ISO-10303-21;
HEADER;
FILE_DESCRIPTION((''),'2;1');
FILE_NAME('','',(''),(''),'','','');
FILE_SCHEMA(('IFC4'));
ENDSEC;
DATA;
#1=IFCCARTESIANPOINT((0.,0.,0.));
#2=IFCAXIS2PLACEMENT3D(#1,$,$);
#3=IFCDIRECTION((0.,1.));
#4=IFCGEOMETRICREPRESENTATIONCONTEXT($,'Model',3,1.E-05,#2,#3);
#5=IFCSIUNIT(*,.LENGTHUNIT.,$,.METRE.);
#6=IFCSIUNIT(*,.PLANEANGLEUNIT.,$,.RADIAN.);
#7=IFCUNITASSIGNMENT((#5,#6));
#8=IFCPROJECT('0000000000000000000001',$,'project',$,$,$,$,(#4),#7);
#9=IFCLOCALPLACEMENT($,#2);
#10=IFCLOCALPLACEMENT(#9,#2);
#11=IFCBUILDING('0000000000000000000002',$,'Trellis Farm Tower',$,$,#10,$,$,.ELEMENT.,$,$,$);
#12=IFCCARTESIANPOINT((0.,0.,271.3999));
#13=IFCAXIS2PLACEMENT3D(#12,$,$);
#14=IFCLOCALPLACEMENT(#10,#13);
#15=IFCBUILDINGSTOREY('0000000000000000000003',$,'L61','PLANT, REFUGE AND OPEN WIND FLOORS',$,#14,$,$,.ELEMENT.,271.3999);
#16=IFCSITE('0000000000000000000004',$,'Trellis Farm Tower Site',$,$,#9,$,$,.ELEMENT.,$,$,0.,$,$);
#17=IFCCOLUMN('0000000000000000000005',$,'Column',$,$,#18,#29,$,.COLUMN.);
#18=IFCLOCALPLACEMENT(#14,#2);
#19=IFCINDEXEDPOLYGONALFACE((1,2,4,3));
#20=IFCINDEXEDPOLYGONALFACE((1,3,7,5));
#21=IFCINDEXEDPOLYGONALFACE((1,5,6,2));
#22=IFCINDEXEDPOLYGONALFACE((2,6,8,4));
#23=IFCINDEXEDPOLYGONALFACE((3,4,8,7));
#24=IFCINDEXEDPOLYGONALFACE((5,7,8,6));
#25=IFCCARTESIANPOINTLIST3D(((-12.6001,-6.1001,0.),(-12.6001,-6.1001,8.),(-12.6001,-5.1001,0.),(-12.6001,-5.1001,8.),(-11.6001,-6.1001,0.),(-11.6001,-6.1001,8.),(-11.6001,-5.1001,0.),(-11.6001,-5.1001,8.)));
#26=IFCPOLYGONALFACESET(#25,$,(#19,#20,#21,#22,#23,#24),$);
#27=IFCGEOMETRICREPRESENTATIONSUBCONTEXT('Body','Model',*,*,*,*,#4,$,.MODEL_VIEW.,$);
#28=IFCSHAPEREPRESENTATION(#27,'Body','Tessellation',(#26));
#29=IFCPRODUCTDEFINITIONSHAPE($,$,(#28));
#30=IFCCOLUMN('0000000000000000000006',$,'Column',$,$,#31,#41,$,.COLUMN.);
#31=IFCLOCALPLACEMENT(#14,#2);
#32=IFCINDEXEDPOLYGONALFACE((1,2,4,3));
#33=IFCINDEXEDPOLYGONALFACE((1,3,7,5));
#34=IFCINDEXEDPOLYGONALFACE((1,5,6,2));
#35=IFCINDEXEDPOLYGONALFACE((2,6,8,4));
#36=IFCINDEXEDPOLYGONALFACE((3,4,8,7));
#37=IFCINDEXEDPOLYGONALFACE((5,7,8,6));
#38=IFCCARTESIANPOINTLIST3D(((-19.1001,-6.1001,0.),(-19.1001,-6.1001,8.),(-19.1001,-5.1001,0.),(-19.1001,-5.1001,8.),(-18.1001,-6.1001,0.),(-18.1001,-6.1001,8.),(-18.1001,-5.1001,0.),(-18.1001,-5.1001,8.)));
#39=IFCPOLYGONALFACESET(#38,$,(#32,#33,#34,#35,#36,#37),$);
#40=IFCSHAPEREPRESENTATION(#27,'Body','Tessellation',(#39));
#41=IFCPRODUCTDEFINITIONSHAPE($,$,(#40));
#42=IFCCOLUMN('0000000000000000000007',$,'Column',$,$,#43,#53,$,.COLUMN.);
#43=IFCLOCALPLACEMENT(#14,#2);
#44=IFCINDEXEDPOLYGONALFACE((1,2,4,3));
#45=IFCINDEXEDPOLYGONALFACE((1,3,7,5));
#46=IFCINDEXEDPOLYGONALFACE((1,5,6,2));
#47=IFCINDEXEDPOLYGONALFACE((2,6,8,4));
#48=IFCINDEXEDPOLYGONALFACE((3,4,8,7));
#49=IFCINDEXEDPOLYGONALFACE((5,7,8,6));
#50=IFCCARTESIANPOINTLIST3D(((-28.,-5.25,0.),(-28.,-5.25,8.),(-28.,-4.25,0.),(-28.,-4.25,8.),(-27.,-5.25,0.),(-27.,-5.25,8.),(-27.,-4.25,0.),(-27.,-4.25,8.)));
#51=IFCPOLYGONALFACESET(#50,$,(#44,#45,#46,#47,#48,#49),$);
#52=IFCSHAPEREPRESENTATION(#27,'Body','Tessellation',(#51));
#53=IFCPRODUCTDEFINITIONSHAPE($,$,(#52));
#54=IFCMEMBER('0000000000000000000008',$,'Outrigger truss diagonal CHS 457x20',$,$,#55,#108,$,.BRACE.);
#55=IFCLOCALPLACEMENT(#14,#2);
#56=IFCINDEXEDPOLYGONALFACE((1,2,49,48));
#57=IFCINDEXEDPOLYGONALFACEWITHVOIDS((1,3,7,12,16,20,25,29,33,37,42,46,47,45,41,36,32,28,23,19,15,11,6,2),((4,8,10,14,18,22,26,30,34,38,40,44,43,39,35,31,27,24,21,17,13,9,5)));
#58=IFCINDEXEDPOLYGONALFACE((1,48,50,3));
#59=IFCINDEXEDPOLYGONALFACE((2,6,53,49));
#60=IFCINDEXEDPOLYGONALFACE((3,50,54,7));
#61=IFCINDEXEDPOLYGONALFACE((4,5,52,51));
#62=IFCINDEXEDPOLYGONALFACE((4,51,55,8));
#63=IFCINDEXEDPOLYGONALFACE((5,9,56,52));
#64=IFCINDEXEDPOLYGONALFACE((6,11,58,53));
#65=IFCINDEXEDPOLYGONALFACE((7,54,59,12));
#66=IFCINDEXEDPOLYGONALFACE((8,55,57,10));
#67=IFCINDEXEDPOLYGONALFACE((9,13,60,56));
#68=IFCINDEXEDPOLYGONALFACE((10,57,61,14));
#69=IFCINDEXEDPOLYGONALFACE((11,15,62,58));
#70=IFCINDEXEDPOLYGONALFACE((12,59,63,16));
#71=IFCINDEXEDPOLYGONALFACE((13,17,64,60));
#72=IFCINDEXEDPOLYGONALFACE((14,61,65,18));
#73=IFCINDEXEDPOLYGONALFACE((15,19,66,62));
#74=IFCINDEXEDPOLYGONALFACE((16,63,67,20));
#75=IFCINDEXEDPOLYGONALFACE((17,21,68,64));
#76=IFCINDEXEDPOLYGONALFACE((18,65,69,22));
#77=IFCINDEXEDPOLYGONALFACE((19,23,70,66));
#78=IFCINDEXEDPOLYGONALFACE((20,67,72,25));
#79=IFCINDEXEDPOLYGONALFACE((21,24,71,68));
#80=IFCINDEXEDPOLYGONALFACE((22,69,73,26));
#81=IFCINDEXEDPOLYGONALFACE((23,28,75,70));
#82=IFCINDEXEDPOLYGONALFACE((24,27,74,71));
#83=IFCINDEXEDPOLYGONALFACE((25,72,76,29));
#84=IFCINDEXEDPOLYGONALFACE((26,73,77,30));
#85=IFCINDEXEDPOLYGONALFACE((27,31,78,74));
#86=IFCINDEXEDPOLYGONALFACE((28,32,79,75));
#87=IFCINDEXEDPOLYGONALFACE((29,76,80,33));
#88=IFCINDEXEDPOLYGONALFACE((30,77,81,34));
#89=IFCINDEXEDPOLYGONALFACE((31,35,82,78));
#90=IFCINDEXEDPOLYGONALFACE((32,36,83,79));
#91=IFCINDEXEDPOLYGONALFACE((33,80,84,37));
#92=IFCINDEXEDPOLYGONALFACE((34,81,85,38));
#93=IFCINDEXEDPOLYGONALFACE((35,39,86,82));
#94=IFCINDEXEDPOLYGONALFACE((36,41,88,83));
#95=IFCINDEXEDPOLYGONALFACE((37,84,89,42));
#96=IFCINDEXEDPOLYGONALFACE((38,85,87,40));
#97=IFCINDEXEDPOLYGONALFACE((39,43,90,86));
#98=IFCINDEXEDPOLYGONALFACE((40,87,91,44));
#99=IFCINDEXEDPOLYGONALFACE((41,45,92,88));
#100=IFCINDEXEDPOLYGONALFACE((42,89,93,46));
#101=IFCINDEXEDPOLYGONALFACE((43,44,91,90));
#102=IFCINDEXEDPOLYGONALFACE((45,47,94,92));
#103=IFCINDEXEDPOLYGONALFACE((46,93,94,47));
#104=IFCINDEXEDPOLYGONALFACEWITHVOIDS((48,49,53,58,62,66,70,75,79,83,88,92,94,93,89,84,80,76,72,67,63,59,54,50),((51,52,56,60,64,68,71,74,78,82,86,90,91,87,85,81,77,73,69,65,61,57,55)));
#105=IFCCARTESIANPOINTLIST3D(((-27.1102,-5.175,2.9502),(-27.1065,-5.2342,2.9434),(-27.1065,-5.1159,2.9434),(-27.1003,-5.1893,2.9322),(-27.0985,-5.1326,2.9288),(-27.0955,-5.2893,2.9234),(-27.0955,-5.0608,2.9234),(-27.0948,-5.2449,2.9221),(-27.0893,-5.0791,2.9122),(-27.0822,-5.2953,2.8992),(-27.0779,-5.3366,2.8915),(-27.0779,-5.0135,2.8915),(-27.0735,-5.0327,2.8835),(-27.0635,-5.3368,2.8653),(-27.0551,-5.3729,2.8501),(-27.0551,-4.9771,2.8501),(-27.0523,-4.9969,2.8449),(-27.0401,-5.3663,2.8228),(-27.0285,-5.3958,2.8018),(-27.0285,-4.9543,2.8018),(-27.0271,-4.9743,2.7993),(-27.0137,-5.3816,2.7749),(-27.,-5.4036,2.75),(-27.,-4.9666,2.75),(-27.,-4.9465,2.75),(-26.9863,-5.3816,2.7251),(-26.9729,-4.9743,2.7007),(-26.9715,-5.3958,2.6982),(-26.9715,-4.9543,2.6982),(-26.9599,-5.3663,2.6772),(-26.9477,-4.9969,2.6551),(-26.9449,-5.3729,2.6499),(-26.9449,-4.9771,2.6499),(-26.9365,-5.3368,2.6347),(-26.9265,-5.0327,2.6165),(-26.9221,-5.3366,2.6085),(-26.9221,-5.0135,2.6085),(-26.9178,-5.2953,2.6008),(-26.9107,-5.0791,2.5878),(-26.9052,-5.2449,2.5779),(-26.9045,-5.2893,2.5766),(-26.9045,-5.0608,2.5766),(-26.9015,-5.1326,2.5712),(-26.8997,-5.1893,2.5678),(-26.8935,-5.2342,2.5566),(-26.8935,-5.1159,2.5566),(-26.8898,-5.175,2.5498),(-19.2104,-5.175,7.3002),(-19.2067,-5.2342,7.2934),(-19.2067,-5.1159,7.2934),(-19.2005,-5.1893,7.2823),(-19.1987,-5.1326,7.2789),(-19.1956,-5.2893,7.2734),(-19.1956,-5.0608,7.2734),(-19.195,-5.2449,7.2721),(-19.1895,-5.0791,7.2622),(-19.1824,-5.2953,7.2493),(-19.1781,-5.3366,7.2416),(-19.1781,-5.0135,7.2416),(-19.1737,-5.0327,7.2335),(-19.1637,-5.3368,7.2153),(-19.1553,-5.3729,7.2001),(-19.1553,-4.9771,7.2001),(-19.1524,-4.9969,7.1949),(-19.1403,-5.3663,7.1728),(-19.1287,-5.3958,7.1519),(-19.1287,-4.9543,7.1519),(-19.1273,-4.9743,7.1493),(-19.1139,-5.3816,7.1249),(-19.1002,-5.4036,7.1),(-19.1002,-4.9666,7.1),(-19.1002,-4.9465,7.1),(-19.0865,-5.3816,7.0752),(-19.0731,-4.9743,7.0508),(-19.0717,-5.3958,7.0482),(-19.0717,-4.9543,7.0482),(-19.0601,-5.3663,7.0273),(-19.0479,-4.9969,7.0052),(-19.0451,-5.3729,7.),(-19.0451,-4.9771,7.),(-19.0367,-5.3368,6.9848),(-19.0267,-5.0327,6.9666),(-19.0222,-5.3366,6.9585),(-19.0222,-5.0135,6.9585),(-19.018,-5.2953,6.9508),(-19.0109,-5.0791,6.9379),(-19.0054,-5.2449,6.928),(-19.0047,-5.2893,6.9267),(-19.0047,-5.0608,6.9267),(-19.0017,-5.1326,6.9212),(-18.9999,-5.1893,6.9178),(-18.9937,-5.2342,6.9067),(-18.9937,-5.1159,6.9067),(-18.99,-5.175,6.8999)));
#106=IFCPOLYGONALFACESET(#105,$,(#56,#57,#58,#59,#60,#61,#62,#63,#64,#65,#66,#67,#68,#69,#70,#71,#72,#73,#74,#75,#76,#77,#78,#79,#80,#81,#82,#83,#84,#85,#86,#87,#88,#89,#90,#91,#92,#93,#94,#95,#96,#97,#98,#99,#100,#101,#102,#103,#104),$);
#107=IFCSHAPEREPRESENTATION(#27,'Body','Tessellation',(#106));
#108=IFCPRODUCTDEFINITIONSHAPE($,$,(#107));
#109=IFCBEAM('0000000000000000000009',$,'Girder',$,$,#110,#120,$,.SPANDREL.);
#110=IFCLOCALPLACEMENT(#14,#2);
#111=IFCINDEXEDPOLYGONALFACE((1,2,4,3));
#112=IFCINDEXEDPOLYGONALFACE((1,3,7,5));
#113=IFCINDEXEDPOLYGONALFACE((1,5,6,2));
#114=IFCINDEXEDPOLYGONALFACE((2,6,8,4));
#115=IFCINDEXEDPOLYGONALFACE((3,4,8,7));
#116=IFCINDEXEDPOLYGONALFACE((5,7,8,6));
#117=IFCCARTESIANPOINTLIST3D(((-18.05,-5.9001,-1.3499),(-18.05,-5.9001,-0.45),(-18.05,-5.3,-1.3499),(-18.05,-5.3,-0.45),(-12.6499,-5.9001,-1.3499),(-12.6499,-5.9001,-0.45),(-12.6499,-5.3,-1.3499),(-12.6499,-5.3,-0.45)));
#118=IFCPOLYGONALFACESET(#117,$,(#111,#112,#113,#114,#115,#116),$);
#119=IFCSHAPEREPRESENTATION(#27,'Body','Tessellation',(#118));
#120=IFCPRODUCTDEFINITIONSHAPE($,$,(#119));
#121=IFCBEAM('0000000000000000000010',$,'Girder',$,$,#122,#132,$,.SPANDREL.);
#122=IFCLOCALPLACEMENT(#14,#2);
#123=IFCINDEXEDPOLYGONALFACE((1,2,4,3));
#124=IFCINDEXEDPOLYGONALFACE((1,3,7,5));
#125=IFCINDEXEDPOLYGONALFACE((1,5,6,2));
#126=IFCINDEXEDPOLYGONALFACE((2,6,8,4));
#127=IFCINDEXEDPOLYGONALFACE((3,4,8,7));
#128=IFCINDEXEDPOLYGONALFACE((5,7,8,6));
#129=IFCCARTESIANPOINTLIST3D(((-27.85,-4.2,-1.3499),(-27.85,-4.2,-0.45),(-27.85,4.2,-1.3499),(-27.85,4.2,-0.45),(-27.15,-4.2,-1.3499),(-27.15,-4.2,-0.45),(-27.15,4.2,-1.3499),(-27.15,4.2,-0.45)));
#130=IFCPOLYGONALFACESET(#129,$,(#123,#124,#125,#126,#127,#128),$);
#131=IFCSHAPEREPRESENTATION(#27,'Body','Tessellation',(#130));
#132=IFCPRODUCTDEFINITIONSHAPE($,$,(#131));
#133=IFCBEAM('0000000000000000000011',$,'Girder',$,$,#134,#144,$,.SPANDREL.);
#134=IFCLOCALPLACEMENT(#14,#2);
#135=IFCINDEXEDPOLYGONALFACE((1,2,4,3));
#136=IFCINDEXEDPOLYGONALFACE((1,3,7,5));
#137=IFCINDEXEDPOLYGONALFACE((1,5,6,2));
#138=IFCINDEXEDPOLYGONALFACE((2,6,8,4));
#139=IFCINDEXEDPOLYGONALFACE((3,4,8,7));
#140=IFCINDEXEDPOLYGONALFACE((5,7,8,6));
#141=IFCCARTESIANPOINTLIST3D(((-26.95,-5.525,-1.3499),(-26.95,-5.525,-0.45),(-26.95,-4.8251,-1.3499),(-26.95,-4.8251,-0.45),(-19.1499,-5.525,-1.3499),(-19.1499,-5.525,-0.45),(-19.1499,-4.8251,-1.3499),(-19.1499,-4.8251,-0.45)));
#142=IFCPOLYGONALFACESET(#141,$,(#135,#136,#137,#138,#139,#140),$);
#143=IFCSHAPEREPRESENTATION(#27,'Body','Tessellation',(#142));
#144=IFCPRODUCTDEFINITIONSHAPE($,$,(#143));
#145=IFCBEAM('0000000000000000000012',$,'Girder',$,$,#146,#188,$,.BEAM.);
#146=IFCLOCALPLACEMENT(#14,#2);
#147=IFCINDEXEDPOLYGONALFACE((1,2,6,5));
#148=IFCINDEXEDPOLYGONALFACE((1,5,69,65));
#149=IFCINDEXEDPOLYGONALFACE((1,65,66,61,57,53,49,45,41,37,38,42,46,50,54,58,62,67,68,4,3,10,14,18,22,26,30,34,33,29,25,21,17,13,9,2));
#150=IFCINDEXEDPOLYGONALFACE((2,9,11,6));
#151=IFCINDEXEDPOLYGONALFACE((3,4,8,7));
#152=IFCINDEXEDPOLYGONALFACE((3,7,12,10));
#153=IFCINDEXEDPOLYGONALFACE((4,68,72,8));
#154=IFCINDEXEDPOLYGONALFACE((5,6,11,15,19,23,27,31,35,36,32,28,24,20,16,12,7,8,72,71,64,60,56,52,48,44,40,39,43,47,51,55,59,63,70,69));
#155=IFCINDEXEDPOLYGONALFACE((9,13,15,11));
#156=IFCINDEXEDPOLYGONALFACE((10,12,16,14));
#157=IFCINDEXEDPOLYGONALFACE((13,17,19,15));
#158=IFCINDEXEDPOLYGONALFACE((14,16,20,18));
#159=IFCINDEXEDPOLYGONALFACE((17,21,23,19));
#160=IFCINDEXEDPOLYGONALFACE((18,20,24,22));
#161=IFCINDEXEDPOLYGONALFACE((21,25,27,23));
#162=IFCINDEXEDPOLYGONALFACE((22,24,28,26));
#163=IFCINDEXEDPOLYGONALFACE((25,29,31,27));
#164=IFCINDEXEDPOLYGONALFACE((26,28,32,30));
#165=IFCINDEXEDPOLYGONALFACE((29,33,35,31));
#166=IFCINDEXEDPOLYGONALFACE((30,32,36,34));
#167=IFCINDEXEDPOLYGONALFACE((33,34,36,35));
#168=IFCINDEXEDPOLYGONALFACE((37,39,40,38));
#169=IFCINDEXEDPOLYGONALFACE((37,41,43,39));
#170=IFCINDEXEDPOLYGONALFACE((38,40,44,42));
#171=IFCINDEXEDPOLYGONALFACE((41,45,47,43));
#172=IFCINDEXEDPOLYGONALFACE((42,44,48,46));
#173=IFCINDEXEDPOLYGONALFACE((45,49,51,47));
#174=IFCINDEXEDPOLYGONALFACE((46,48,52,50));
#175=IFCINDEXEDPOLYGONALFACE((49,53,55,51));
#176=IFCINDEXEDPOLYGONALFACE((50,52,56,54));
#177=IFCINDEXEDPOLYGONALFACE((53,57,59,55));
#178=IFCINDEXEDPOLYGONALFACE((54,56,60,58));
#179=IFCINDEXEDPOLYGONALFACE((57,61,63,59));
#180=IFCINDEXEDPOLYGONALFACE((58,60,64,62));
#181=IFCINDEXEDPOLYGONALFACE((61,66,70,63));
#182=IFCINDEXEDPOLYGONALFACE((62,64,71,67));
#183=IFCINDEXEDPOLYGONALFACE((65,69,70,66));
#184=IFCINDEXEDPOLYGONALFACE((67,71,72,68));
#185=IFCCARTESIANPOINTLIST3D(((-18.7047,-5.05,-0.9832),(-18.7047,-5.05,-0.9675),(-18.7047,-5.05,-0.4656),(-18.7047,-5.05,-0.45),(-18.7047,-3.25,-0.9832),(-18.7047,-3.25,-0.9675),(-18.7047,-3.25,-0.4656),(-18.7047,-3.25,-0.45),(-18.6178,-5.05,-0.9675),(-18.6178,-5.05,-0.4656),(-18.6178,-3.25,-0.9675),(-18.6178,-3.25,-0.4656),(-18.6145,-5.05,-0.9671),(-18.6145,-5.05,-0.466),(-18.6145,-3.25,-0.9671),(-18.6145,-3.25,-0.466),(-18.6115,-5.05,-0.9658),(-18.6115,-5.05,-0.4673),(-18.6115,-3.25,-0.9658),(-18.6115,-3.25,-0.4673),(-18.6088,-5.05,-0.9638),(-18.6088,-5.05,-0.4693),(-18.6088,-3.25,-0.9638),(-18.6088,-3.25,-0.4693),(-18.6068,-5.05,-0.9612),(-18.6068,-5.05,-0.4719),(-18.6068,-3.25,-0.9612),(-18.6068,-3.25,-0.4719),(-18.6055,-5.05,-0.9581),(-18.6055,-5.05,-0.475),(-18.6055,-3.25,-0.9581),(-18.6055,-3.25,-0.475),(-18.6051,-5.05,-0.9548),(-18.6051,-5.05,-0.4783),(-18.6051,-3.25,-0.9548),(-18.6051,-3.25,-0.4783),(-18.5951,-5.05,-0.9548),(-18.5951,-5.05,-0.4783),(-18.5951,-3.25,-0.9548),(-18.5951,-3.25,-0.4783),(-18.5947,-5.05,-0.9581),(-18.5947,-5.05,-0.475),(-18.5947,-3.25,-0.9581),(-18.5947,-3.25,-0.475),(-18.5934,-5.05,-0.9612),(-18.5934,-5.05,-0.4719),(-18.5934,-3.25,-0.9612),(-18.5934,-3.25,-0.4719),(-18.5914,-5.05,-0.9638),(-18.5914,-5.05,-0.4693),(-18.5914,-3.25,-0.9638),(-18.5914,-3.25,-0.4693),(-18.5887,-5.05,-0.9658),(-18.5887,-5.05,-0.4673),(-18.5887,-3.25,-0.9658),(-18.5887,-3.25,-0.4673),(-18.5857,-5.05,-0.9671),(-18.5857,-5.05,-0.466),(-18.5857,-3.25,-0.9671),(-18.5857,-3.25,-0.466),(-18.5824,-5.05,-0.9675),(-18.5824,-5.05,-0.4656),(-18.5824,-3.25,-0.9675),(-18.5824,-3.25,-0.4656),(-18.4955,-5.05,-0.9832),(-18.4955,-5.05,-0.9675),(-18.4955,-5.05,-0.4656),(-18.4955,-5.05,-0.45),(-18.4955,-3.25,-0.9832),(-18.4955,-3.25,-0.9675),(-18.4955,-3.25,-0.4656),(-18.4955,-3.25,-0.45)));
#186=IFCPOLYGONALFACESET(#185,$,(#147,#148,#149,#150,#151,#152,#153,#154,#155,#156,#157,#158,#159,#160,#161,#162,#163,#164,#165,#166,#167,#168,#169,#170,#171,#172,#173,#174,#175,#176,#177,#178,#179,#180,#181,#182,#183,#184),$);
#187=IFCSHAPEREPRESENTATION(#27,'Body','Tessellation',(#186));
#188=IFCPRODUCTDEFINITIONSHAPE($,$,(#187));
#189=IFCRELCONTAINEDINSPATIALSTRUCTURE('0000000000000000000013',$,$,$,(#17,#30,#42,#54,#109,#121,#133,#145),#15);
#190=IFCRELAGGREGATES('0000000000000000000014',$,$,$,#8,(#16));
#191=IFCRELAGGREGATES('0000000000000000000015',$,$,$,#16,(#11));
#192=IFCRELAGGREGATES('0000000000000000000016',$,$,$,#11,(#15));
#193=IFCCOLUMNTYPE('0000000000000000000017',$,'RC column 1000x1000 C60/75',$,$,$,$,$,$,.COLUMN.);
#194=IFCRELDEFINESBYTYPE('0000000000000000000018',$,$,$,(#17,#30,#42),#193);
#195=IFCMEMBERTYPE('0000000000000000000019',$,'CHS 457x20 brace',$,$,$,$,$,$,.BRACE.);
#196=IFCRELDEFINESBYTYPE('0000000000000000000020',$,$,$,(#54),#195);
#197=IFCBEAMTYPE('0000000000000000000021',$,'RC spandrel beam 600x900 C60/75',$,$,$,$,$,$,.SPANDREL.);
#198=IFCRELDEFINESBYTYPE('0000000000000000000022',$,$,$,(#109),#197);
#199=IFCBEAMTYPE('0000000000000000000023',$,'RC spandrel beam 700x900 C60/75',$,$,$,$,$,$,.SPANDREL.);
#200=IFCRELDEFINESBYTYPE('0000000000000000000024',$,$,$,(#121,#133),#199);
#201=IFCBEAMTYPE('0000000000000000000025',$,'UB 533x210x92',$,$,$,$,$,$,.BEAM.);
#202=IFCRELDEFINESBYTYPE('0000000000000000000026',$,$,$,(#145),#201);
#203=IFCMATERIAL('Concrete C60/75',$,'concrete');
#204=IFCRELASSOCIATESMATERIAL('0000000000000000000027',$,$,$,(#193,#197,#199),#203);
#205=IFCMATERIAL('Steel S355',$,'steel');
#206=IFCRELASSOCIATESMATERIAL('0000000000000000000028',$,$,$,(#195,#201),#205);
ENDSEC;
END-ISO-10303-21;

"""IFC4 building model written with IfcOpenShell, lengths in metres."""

from ifc_helpers import new_model, si_unit, direction, frame, origin, origin_2d, place, context, subcontext, project, spatial, rectangle, hollow_circle, i_section, extrude, source, transform, mapped, material, material_profile, profile_set, type_object, element, save


model = new_model("IFC4")

# Units and contexts
model_context = context("Model", 3, precision=1e-05, world=origin(), true_north=direction((0.0, 1.0)))
body_context = subcontext(model_context, "Body", "Model", "MODEL_VIEW")
ifc_project = project(units=[si_unit("LENGTHUNIT", "METRE"), si_unit("PLANEANGLEUNIT", "RADIAN")], contexts=[model_context])

# Site, building, storey
site_placement = place(None, origin())
site = spatial("IfcSite", under=ifc_project, at=site_placement, Name="Trellis Farm Tower Site", CompositionType="ELEMENT", RefElevation=0.0)
building_placement = place(site_placement, origin())
building = spatial("IfcBuilding", under=site, at=building_placement, Name="Trellis Farm Tower", CompositionType="ELEMENT")
storey_placement = place(building_placement, frame((0.0, 0.0, 271.3999)))
storey = spatial("IfcBuildingStorey", under=building, at=storey_placement, Name="L61", Description="PLANT, REFUGE AND OPEN WIND FLOORS", CompositionType="ELEMENT", Elevation=271.3999)

# Columns
ifc_material_1 = material(Name="Concrete C60/75", Category="concrete")
ifc_material_profile_1 = material_profile(ifc_material_1, rectangle(XDim=1.0, YDim=1.0, at=origin_2d()), Name="RC column 1000x1000 C60/75")
ifc_profile_set_1 = profile_set([ifc_material_profile_1], Name="Concrete C60/75")
column_type = type_object("IfcColumnType", Name="RC column 1000x1000 C60/75", PredefinedType="COLUMN", material=ifc_profile_set_1)
shared_shape_1 = source(origin(), body_context, "Body", "SweptSolid", [
    extrude(rectangle(XDim=1.0, YDim=1.0, at=origin_2d()), origin(), (0.0, 0.0, 1.0), 8.0),
])
for number, where, z_axis, x_axis, name in (
    (1, (-12.1001, -5.6001, 0.0), (0.0, 0.0, 1.0), (1.0, 0.0, 0.0), "Column"),
    (2, (-18.6001, -5.6001, 0.0), (0.0, 0.0, 1.0), (1.0, 0.0, 0.0), "Column"),
    (3, (-27.5, -4.75, 0.0), (0.0, 0.0, 1.0), (1.0, 0.0, 0.0), "Column"),
):
    element("IfcColumn", number, at=place(storey_placement, frame(where, z_axis=z_axis, x_axis=x_axis)), inside=storey, type_object=column_type, Name=name, PredefinedType="COLUMN", context=body_context, shape_type="MappedRepresentation", body=[
        mapped(shared_shape_1, transform((0.0, 0.0, 0.0))),
    ])

# Member
ifc_material_2 = material(Name="Steel S355", Category="steel")
ifc_material_profile_2 = material_profile(ifc_material_2, hollow_circle(Radius=0.2285, WallThickness=0.02, at=origin_2d()), Name="CHS 457x20")
ifc_profile_set_2 = profile_set([ifc_material_profile_2], Name="Steel S355")
member_type = type_object("IfcMemberType", Name="CHS 457x20 brace", PredefinedType="BRACE", material=ifc_profile_set_2)
member_1_placement = place(storey_placement, frame((-27.0, -5.175, 2.75), z_axis=(0.875975, 0.0, 0.482357), x_axis=(0.0, 1.0, 0.0)))
element("IfcMember", 4, at=member_1_placement, inside=storey, type_object=member_type, Name="Outrigger truss diagonal CHS 457x20", PredefinedType="BRACE", context=body_context, shape_type="SweptSolid", body=[
    extrude(hollow_circle(Radius=0.2285, WallThickness=0.02, at=origin_2d()), origin(), (0.0, 0.0, 1.0), 9.0183),
])

# Beams
ifc_material_profile_3 = material_profile(ifc_material_1, rectangle(XDim=0.6001, YDim=0.8999, at=origin_2d()), Name="RC spandrel beam 600x900 C60/75")
ifc_profile_set_3 = profile_set([ifc_material_profile_3], Name="Concrete C60/75")
beam_type_1 = type_object("IfcBeamType", Name="RC spandrel beam 600x900 C60/75", PredefinedType="SPANDREL", material=ifc_profile_set_3)
shared_shape_2 = source(origin(), body_context, "Body", "SweptSolid", [
    extrude(rectangle(XDim=0.6001, YDim=0.8999, at=origin_2d()), origin(), (0.0, 0.0, 1.0), 5.4001),
])
beam_1_placement = place(storey_placement, frame((-18.05, -5.6001, -0.8999), z_axis=(1.0, 0.0, 0.0), x_axis=(0.0, 1.0, 0.0)))
element("IfcBeam", 5, at=beam_1_placement, inside=storey, type_object=beam_type_1, Name="Girder", PredefinedType="SPANDREL", context=body_context, shape_type="MappedRepresentation", body=[
    mapped(shared_shape_2, transform((0.0, 0.0, 0.0))),
])
ifc_material_profile_4 = material_profile(ifc_material_1, rectangle(XDim=0.7, YDim=0.8999, at=origin_2d()), Name="RC spandrel beam 700x900 C60/75")
ifc_profile_set_4 = profile_set([ifc_material_profile_4], Name="Concrete C60/75")
beam_type_2 = type_object("IfcBeamType", Name="RC spandrel beam 700x900 C60/75", PredefinedType="SPANDREL", material=ifc_profile_set_4)
shared_shape_3 = source(origin(), body_context, "Body", "SweptSolid", [
    extrude(rectangle(XDim=0.7, YDim=0.8999, at=origin_2d()), origin(), (0.0, 0.0, 1.0), 8.3999),
])
beam_2_placement = place(storey_placement, frame((-27.5, -4.2, -0.8999), z_axis=(0.0, 1.0, 0.0), x_axis=(-1.0, 0.0, 0.0)))
element("IfcBeam", 6, at=beam_2_placement, inside=storey, type_object=beam_type_2, Name="Girder", PredefinedType="SPANDREL", context=body_context, shape_type="MappedRepresentation", body=[
    mapped(shared_shape_3, transform((0.0, 0.0, 0.0))),
])
shared_shape_4 = source(origin(), body_context, "Body", "SweptSolid", [
    extrude(rectangle(XDim=0.7, YDim=0.8999, at=origin_2d()), origin(), (0.0, 0.0, 1.0), 7.8),
])
beam_3_placement = place(storey_placement, frame((-26.95, -5.175, -0.8999), z_axis=(1.0, 0.0, 0.0), x_axis=(0.0, 1.0, 0.0)))
element("IfcBeam", 7, at=beam_3_placement, inside=storey, type_object=beam_type_2, Name="Girder", PredefinedType="SPANDREL", context=body_context, shape_type="MappedRepresentation", body=[
    mapped(shared_shape_4, transform((0.0, 0.0, 0.0))),
])
ifc_material_profile_5 = material_profile(ifc_material_2, i_section(OverallWidth=0.2092, OverallDepth=0.5332, WebThickness=0.01, FlangeThickness=0.0156, FilletRadius=0.0127, at=origin_2d()), Name="UB 533x210x92")
ifc_profile_set_5 = profile_set([ifc_material_profile_5], Name="Steel S355")
beam_type_3 = type_object("IfcBeamType", Name="UB 533x210x92", PredefinedType="BEAM", material=ifc_profile_set_5)
shared_shape_5 = source(origin(), body_context, "Body", "SweptSolid", [
    extrude(i_section(OverallWidth=0.2092, OverallDepth=0.5332, WebThickness=0.01, FlangeThickness=0.0156, FilletRadius=0.0127, at=origin_2d()), origin(), (0.0, 0.0, 1.0), 1.8),
])
for number, where, z_axis, x_axis, name in (
    (8, (-18.6001, -5.05, -0.7166), (0.0, 1.0, 0.0), (-1.0, 0.0, 0.0), "Girder"),
):
    element("IfcBeam", number, at=place(storey_placement, frame(where, z_axis=z_axis, x_axis=x_axis)), inside=storey, type_object=beam_type_3, Name=name, PredefinedType="BEAM", context=body_context, shape_type="MappedRepresentation", body=[
        mapped(shared_shape_5, transform((0.0, 0.0, 0.0))),
    ])

save(model, "model.ifc")
